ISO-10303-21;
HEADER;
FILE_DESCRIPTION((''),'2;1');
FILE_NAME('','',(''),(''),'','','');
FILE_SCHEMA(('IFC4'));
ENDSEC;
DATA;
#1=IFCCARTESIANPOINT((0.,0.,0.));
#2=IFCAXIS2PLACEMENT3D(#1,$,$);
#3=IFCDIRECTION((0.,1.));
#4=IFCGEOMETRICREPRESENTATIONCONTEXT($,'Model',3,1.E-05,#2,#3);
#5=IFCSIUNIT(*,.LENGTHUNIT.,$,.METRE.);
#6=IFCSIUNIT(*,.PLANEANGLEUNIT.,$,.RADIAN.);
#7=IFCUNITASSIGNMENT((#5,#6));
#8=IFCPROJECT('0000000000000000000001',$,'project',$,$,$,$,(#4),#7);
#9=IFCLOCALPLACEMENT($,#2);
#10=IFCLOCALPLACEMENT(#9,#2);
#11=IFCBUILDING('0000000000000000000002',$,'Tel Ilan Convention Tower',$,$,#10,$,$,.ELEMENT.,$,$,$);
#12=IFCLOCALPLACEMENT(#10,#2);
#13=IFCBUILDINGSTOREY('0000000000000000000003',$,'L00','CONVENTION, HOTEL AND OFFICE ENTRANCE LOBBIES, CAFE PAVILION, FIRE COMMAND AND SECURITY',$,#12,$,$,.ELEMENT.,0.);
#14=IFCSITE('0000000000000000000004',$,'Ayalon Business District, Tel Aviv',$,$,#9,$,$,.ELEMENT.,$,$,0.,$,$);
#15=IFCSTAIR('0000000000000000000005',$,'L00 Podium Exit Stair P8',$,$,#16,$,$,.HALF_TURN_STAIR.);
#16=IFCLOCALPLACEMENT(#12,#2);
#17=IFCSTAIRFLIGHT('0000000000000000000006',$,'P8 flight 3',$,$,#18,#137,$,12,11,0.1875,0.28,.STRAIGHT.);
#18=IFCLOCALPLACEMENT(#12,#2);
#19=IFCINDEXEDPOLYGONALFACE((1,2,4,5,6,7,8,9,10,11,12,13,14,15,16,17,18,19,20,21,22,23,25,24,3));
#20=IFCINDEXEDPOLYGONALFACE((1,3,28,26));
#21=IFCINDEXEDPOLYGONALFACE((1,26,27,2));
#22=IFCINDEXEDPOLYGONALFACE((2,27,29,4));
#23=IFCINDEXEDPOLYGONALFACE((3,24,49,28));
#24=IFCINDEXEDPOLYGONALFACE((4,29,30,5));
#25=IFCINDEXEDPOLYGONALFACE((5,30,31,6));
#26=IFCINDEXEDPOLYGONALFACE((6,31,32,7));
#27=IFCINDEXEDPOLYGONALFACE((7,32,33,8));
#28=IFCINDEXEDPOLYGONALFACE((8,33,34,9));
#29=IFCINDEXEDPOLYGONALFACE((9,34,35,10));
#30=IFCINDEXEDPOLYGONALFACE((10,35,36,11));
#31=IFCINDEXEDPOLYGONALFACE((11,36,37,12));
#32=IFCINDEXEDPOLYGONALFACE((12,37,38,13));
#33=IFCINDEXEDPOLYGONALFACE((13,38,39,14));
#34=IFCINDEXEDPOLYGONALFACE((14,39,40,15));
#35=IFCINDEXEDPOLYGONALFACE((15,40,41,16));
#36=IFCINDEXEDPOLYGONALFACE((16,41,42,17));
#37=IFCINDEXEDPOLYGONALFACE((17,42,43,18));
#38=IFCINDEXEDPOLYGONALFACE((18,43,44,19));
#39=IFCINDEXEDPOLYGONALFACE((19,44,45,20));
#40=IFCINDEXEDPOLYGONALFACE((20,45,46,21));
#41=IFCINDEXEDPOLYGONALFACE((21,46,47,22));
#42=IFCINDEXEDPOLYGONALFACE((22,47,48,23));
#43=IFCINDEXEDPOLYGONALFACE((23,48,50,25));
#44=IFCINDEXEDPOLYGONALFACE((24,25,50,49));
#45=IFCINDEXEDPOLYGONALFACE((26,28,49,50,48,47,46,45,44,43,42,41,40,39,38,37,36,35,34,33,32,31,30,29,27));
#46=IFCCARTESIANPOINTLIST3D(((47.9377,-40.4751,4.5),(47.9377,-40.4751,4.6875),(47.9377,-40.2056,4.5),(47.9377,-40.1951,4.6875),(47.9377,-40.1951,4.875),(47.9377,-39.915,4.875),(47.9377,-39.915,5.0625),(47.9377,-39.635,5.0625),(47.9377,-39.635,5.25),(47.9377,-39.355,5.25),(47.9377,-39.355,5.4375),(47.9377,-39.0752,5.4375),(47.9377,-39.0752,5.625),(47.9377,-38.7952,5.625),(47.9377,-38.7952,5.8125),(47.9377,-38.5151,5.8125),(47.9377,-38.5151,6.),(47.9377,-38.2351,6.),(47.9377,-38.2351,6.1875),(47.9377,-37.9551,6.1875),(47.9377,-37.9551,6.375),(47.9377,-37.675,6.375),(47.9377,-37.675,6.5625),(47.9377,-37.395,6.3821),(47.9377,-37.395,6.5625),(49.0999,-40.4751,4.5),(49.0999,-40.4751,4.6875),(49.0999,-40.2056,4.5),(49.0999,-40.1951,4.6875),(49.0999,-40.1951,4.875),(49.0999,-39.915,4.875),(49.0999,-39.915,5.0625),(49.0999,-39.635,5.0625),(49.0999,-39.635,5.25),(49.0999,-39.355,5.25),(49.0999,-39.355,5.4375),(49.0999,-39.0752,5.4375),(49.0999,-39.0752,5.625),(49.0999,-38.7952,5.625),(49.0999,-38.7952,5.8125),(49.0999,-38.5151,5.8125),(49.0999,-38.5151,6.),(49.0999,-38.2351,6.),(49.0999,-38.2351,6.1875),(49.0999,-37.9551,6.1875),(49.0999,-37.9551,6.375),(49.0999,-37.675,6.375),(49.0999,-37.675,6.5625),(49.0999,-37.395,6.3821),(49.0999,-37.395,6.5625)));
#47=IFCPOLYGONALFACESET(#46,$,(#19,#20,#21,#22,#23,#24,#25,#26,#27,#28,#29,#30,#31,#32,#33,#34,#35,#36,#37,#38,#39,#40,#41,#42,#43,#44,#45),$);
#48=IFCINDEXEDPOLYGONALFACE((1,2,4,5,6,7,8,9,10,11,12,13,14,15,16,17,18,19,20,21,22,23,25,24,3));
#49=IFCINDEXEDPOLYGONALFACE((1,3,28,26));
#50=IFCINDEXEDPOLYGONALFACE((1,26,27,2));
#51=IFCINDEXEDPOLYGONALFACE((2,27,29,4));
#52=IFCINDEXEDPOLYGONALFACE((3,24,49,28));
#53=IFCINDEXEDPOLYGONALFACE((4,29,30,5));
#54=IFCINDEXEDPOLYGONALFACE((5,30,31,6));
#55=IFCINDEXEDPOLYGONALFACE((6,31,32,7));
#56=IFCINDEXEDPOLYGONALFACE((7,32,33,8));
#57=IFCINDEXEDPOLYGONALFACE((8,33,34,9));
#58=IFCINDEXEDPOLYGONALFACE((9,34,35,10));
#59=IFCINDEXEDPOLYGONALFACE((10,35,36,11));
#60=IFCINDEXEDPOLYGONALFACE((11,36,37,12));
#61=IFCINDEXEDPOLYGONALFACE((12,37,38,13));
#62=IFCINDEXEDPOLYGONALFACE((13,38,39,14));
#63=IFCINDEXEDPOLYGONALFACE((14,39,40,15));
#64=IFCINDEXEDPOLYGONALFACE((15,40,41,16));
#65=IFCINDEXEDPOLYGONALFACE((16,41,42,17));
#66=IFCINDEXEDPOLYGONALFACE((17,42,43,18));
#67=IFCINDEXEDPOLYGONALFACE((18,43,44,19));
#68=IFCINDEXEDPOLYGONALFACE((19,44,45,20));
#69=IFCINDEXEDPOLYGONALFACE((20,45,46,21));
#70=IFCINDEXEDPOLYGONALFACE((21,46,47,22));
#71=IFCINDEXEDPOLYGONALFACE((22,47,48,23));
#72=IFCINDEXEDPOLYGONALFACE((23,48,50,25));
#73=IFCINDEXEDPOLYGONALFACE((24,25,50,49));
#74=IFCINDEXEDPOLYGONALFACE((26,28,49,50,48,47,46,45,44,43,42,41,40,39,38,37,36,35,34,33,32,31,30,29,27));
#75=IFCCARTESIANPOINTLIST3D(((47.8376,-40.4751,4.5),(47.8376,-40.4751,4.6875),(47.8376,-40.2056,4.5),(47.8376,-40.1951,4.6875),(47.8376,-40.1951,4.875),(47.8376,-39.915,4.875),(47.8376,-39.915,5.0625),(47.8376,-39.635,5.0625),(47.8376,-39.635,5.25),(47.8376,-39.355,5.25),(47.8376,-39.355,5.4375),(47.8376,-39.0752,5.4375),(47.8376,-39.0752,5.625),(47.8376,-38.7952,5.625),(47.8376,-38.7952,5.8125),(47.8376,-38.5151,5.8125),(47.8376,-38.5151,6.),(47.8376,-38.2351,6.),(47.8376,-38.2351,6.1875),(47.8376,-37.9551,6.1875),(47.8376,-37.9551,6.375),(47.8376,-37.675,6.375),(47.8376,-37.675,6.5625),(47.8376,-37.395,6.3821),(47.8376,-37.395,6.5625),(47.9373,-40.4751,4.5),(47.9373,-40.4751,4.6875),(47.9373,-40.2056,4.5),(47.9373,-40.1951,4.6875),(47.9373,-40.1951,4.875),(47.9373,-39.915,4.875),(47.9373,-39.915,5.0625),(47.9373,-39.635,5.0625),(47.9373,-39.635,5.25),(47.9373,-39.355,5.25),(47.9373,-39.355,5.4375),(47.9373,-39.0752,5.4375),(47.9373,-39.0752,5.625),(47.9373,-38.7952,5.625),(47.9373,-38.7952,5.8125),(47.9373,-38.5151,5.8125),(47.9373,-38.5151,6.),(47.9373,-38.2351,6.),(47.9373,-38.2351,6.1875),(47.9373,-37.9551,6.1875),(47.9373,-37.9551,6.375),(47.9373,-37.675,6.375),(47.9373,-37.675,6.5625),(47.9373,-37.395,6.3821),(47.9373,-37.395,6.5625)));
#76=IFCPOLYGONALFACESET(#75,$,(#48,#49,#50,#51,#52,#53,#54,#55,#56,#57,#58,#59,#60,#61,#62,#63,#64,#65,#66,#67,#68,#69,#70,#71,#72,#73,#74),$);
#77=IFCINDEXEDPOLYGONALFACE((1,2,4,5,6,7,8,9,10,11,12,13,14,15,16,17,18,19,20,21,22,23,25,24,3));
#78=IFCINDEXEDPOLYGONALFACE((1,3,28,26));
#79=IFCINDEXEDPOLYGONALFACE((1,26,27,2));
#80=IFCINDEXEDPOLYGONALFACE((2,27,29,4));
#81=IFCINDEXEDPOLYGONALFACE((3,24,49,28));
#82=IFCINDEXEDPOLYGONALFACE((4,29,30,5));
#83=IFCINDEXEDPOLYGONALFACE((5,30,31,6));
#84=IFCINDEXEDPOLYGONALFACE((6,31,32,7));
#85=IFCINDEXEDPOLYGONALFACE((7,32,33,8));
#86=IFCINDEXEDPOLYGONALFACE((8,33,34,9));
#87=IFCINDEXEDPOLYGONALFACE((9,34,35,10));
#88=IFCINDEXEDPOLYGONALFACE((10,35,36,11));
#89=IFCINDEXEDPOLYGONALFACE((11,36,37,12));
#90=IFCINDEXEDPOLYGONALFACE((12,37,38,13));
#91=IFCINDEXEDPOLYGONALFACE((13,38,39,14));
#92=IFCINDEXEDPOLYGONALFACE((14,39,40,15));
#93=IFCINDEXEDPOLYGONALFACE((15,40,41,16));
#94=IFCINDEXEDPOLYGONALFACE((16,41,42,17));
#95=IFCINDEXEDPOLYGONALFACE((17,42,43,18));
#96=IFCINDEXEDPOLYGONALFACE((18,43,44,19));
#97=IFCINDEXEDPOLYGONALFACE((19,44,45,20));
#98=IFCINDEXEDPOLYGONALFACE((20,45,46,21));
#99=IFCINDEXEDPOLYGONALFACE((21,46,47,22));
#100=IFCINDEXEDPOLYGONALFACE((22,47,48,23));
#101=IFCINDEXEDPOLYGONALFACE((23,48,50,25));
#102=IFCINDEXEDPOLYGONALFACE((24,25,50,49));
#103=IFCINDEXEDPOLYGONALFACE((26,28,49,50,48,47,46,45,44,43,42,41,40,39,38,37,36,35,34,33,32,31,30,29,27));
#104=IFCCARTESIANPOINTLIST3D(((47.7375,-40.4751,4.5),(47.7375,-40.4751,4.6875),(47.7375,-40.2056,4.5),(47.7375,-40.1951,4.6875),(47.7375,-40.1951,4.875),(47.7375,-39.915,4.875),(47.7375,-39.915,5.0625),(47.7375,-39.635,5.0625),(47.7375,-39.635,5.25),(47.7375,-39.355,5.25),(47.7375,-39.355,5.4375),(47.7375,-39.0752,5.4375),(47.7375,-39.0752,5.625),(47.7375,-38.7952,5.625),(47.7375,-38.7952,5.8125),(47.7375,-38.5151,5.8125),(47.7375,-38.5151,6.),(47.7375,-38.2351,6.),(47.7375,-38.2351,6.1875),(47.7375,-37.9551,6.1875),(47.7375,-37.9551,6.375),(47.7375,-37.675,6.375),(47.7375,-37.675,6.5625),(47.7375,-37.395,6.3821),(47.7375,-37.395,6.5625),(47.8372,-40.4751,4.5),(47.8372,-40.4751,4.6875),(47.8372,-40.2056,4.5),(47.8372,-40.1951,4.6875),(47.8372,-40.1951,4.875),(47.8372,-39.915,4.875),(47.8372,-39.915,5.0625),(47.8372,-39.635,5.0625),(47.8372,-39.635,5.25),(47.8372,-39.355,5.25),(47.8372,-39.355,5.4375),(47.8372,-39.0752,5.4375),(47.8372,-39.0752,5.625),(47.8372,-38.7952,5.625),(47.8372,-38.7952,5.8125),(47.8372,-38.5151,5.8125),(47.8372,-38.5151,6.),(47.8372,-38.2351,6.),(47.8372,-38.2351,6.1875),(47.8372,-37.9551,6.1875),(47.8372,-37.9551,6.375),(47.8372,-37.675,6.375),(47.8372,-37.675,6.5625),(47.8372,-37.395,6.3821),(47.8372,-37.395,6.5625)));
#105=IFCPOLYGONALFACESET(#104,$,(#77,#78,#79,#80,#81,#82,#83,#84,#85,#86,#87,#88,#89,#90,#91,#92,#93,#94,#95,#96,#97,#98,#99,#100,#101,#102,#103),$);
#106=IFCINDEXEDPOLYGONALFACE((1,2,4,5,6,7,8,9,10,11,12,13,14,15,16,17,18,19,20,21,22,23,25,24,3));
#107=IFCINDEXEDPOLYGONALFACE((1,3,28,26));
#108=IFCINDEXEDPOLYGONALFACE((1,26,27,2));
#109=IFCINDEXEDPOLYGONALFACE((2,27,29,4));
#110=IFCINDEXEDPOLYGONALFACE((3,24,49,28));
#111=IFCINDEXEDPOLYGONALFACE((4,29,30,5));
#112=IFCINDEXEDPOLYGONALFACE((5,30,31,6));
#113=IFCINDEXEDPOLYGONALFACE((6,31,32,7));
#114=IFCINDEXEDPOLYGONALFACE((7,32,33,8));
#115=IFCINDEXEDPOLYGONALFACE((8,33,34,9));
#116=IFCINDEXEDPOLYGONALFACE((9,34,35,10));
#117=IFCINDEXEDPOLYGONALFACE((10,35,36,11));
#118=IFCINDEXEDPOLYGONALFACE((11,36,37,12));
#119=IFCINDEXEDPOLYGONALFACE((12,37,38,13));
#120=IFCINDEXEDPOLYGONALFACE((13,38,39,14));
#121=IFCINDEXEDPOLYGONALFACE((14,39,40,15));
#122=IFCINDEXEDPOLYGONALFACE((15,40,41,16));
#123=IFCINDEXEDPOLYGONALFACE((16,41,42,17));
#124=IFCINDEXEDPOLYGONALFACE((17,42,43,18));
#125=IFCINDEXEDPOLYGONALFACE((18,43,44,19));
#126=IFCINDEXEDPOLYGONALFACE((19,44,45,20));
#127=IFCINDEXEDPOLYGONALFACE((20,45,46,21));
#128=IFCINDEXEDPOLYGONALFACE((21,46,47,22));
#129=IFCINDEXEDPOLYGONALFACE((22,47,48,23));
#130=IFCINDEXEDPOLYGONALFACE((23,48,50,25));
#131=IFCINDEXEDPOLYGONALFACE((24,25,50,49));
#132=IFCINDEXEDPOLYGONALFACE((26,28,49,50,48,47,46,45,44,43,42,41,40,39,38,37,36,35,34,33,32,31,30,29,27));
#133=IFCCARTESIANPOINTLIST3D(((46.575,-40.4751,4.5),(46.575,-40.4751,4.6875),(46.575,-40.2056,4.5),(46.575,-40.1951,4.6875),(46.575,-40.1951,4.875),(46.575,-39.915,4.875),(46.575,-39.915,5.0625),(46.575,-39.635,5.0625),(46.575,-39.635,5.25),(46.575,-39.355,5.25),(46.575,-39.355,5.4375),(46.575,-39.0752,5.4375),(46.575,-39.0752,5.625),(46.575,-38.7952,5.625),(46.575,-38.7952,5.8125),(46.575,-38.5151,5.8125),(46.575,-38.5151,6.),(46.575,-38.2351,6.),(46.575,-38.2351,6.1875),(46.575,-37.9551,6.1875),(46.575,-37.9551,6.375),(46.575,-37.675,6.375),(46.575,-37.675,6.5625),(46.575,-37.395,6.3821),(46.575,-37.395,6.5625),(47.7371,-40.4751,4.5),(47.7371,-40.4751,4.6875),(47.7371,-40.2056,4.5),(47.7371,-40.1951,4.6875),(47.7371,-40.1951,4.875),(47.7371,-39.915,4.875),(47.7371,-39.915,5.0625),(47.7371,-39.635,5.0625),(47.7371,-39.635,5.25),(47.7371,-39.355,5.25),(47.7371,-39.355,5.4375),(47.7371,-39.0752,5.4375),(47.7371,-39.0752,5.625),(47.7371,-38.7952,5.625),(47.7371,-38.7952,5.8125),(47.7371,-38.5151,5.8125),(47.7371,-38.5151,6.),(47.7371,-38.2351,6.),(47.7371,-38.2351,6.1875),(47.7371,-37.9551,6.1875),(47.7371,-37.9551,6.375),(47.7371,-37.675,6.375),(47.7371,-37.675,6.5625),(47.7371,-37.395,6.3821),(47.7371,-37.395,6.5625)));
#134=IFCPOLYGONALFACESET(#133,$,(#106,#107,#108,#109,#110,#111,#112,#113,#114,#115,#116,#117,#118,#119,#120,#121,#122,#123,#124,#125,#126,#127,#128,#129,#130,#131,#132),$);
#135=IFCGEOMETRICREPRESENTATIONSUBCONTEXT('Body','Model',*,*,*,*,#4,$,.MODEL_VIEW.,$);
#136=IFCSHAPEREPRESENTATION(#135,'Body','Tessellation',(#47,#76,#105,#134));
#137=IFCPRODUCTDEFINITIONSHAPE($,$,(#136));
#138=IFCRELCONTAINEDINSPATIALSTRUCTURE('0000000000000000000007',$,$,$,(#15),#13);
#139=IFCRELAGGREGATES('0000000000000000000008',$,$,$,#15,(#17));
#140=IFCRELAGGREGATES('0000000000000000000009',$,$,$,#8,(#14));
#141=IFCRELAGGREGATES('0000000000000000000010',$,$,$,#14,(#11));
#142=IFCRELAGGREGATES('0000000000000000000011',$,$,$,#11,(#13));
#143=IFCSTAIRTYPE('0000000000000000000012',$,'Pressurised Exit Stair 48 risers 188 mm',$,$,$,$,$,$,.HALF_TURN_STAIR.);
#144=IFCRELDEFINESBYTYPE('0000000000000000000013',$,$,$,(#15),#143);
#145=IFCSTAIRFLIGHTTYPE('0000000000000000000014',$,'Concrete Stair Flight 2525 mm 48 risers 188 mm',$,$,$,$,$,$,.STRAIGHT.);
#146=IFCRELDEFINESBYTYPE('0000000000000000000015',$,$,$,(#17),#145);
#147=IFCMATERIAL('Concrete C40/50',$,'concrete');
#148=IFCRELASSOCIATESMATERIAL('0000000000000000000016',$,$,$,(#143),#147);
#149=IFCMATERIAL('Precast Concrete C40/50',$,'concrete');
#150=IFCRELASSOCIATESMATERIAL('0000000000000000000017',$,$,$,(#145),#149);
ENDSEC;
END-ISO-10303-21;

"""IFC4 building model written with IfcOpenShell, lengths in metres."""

from ifc_helpers import new_model, si_unit, direction, frame, origin, place, context, subcontext, project, spatial, polyline, outline, extrude, material, type_object, element, aggregate, save


model = new_model("IFC4")

# Units and contexts
model_context = context("Model", 3, precision=1e-05, world=origin(), true_north=direction((0.0, 1.0)))
body_context = subcontext(model_context, "Body", "Model", "MODEL_VIEW")
ifc_project = project(units=[si_unit("LENGTHUNIT", "METRE"), si_unit("PLANEANGLEUNIT", "RADIAN")], contexts=[model_context])

# Site, building, storey
site_placement = place(None, origin())
site = spatial("IfcSite", under=ifc_project, at=site_placement, Name="Ayalon Business District, Tel Aviv", CompositionType="ELEMENT", RefElevation=0.0)
building_placement = place(site_placement, origin())
building = spatial("IfcBuilding", under=site, at=building_placement, Name="Tel Ilan Convention Tower", CompositionType="ELEMENT")
storey_placement = place(building_placement, origin())
storey = spatial("IfcBuildingStorey", under=building, at=storey_placement, Name="L00", Description="CONVENTION, HOTEL AND OFFICE ENTRANCE LOBBIES, CAFE PAVILION, FIRE COMMAND AND SECURITY", CompositionType="ELEMENT", Elevation=0.0)

# Stair, stair flight
ifc_material_1 = material(Name="Concrete C40/50", Category="concrete")
stair_type = type_object("IfcStairType", Name="Pressurised Exit Stair 48 risers 188 mm", PredefinedType="HALF_TURN_STAIR", material=ifc_material_1)
ifc_material_2 = material(Name="Precast Concrete C40/50", Category="concrete")
stair_flight_type = type_object("IfcStairFlightType", Name="Concrete Stair Flight 2525 mm 48 risers 188 mm", PredefinedType="STRAIGHT", material=ifc_material_2)
stair_1_placement = place(storey_placement, origin())
stair_1 = element("IfcStair", 1, at=stair_1_placement, inside=storey, type_object=stair_type, Name="L00 Podium Exit Stair P8", PredefinedType="HALF_TURN_STAIR")
stair_flight_1_placement = place(storey_placement, frame((47.8374, -40.4751, 4.5), z_axis=(0.0, 0.0, 1.0), x_axis=(0.0, 1.0, 0.0)))
stair_flight_1 = element("IfcStairFlight", 2, at=stair_flight_1_placement, type_object=stair_flight_type, Name="P8 flight 3", NumberOfRisers=12, NumberOfTreads=11, PredefinedType="STRAIGHT", RiserHeight=0.1875, TreadLength=0.28, context=body_context, shape_type="SweptSolid", body=[
    extrude(outline(polyline([(0.0, 0.0), (0.0, 0.1875), (0.28, 0.1875), (0.28, 0.375), (0.5601, 0.375), (0.5601, 0.5625), (0.8401, 0.5625), (0.8401, 0.75), (1.1201, 0.75), (1.1201, 0.9375), (1.3999, 0.9375), (1.3999, 1.125), (1.6799, 1.125), (1.6799, 1.3125), (1.96, 1.3125), (1.96, 1.5), (2.24, 1.5), (2.24, 1.6875), (2.52, 1.6875), (2.52, 1.875), (2.8, 1.875), (2.8, 2.0625), (3.0801, 2.0625), (3.0801, 2.25), (3.0801, 1.8821), (0.2695, 0.0), (0.0, 0.0)])), frame((0.0, -0.1003, 0.0), z_axis=(0.0, -1.0, 0.0), x_axis=(1.0, 0.0, 0.0)), (0.0, 0.0, 1.0), 1.1621),
    extrude(outline(polyline([(0.0, 0.0), (0.0, 0.1875), (0.28, 0.1875), (0.28, 0.375), (0.5601, 0.375), (0.5601, 0.5625), (0.8401, 0.5625), (0.8401, 0.75), (1.1201, 0.75), (1.1201, 0.9375), (1.3999, 0.9375), (1.3999, 1.125), (1.6799, 1.125), (1.6799, 1.3125), (1.96, 1.3125), (1.96, 1.5), (2.24, 1.5), (2.24, 1.6875), (2.52, 1.6875), (2.52, 1.875), (2.8, 1.875), (2.8, 2.0625), (3.0801, 2.0625), (3.0801, 2.25), (3.0801, 1.8821), (0.2695, 0.0), (0.0, 0.0)])), frame((0.0, -0.0002, 0.0), z_axis=(0.0, -1.0, 0.0), x_axis=(1.0, 0.0, 0.0)), (0.0, 0.0, 1.0), 0.0996),
    extrude(outline(polyline([(0.0, 0.0), (0.0, 0.1875), (0.28, 0.1875), (0.28, 0.375), (0.5601, 0.375), (0.5601, 0.5625), (0.8401, 0.5625), (0.8401, 0.75), (1.1201, 0.75), (1.1201, 0.9375), (1.3999, 0.9375), (1.3999, 1.125), (1.6799, 1.125), (1.6799, 1.3125), (1.96, 1.3125), (1.96, 1.5), (2.24, 1.5), (2.24, 1.6875), (2.52, 1.6875), (2.52, 1.875), (2.8, 1.875), (2.8, 2.0625), (3.0801, 2.0625), (3.0801, 2.25), (3.0801, 1.8821), (0.2695, 0.0), (0.0, 0.0)])), frame((0.0, 0.0999, 0.0), z_axis=(0.0, -1.0, 0.0), x_axis=(1.0, 0.0, 0.0)), (0.0, 0.0, 1.0), 0.0996),
    extrude(outline(polyline([(0.0, 0.0), (0.0, 0.1875), (0.28, 0.1875), (0.28, 0.375), (0.5601, 0.375), (0.5601, 0.5625), (0.8401, 0.5625), (0.8401, 0.75), (1.1201, 0.75), (1.1201, 0.9375), (1.3999, 0.9375), (1.3999, 1.125), (1.6799, 1.125), (1.6799, 1.3125), (1.96, 1.3125), (1.96, 1.5), (2.24, 1.5), (2.24, 1.6875), (2.52, 1.6875), (2.52, 1.875), (2.8, 1.875), (2.8, 2.0625), (3.0801, 2.0625), (3.0801, 2.25), (3.0801, 1.8821), (0.2695, 0.0), (0.0, 0.0)])), frame((0.0, 1.2625, 0.0), z_axis=(0.0, -1.0, 0.0), x_axis=(1.0, 0.0, 0.0)), (0.0, 0.0, 1.0), 1.1621),
])
aggregate(stair_1, [stair_flight_1])

save(model, "model.ifc")
